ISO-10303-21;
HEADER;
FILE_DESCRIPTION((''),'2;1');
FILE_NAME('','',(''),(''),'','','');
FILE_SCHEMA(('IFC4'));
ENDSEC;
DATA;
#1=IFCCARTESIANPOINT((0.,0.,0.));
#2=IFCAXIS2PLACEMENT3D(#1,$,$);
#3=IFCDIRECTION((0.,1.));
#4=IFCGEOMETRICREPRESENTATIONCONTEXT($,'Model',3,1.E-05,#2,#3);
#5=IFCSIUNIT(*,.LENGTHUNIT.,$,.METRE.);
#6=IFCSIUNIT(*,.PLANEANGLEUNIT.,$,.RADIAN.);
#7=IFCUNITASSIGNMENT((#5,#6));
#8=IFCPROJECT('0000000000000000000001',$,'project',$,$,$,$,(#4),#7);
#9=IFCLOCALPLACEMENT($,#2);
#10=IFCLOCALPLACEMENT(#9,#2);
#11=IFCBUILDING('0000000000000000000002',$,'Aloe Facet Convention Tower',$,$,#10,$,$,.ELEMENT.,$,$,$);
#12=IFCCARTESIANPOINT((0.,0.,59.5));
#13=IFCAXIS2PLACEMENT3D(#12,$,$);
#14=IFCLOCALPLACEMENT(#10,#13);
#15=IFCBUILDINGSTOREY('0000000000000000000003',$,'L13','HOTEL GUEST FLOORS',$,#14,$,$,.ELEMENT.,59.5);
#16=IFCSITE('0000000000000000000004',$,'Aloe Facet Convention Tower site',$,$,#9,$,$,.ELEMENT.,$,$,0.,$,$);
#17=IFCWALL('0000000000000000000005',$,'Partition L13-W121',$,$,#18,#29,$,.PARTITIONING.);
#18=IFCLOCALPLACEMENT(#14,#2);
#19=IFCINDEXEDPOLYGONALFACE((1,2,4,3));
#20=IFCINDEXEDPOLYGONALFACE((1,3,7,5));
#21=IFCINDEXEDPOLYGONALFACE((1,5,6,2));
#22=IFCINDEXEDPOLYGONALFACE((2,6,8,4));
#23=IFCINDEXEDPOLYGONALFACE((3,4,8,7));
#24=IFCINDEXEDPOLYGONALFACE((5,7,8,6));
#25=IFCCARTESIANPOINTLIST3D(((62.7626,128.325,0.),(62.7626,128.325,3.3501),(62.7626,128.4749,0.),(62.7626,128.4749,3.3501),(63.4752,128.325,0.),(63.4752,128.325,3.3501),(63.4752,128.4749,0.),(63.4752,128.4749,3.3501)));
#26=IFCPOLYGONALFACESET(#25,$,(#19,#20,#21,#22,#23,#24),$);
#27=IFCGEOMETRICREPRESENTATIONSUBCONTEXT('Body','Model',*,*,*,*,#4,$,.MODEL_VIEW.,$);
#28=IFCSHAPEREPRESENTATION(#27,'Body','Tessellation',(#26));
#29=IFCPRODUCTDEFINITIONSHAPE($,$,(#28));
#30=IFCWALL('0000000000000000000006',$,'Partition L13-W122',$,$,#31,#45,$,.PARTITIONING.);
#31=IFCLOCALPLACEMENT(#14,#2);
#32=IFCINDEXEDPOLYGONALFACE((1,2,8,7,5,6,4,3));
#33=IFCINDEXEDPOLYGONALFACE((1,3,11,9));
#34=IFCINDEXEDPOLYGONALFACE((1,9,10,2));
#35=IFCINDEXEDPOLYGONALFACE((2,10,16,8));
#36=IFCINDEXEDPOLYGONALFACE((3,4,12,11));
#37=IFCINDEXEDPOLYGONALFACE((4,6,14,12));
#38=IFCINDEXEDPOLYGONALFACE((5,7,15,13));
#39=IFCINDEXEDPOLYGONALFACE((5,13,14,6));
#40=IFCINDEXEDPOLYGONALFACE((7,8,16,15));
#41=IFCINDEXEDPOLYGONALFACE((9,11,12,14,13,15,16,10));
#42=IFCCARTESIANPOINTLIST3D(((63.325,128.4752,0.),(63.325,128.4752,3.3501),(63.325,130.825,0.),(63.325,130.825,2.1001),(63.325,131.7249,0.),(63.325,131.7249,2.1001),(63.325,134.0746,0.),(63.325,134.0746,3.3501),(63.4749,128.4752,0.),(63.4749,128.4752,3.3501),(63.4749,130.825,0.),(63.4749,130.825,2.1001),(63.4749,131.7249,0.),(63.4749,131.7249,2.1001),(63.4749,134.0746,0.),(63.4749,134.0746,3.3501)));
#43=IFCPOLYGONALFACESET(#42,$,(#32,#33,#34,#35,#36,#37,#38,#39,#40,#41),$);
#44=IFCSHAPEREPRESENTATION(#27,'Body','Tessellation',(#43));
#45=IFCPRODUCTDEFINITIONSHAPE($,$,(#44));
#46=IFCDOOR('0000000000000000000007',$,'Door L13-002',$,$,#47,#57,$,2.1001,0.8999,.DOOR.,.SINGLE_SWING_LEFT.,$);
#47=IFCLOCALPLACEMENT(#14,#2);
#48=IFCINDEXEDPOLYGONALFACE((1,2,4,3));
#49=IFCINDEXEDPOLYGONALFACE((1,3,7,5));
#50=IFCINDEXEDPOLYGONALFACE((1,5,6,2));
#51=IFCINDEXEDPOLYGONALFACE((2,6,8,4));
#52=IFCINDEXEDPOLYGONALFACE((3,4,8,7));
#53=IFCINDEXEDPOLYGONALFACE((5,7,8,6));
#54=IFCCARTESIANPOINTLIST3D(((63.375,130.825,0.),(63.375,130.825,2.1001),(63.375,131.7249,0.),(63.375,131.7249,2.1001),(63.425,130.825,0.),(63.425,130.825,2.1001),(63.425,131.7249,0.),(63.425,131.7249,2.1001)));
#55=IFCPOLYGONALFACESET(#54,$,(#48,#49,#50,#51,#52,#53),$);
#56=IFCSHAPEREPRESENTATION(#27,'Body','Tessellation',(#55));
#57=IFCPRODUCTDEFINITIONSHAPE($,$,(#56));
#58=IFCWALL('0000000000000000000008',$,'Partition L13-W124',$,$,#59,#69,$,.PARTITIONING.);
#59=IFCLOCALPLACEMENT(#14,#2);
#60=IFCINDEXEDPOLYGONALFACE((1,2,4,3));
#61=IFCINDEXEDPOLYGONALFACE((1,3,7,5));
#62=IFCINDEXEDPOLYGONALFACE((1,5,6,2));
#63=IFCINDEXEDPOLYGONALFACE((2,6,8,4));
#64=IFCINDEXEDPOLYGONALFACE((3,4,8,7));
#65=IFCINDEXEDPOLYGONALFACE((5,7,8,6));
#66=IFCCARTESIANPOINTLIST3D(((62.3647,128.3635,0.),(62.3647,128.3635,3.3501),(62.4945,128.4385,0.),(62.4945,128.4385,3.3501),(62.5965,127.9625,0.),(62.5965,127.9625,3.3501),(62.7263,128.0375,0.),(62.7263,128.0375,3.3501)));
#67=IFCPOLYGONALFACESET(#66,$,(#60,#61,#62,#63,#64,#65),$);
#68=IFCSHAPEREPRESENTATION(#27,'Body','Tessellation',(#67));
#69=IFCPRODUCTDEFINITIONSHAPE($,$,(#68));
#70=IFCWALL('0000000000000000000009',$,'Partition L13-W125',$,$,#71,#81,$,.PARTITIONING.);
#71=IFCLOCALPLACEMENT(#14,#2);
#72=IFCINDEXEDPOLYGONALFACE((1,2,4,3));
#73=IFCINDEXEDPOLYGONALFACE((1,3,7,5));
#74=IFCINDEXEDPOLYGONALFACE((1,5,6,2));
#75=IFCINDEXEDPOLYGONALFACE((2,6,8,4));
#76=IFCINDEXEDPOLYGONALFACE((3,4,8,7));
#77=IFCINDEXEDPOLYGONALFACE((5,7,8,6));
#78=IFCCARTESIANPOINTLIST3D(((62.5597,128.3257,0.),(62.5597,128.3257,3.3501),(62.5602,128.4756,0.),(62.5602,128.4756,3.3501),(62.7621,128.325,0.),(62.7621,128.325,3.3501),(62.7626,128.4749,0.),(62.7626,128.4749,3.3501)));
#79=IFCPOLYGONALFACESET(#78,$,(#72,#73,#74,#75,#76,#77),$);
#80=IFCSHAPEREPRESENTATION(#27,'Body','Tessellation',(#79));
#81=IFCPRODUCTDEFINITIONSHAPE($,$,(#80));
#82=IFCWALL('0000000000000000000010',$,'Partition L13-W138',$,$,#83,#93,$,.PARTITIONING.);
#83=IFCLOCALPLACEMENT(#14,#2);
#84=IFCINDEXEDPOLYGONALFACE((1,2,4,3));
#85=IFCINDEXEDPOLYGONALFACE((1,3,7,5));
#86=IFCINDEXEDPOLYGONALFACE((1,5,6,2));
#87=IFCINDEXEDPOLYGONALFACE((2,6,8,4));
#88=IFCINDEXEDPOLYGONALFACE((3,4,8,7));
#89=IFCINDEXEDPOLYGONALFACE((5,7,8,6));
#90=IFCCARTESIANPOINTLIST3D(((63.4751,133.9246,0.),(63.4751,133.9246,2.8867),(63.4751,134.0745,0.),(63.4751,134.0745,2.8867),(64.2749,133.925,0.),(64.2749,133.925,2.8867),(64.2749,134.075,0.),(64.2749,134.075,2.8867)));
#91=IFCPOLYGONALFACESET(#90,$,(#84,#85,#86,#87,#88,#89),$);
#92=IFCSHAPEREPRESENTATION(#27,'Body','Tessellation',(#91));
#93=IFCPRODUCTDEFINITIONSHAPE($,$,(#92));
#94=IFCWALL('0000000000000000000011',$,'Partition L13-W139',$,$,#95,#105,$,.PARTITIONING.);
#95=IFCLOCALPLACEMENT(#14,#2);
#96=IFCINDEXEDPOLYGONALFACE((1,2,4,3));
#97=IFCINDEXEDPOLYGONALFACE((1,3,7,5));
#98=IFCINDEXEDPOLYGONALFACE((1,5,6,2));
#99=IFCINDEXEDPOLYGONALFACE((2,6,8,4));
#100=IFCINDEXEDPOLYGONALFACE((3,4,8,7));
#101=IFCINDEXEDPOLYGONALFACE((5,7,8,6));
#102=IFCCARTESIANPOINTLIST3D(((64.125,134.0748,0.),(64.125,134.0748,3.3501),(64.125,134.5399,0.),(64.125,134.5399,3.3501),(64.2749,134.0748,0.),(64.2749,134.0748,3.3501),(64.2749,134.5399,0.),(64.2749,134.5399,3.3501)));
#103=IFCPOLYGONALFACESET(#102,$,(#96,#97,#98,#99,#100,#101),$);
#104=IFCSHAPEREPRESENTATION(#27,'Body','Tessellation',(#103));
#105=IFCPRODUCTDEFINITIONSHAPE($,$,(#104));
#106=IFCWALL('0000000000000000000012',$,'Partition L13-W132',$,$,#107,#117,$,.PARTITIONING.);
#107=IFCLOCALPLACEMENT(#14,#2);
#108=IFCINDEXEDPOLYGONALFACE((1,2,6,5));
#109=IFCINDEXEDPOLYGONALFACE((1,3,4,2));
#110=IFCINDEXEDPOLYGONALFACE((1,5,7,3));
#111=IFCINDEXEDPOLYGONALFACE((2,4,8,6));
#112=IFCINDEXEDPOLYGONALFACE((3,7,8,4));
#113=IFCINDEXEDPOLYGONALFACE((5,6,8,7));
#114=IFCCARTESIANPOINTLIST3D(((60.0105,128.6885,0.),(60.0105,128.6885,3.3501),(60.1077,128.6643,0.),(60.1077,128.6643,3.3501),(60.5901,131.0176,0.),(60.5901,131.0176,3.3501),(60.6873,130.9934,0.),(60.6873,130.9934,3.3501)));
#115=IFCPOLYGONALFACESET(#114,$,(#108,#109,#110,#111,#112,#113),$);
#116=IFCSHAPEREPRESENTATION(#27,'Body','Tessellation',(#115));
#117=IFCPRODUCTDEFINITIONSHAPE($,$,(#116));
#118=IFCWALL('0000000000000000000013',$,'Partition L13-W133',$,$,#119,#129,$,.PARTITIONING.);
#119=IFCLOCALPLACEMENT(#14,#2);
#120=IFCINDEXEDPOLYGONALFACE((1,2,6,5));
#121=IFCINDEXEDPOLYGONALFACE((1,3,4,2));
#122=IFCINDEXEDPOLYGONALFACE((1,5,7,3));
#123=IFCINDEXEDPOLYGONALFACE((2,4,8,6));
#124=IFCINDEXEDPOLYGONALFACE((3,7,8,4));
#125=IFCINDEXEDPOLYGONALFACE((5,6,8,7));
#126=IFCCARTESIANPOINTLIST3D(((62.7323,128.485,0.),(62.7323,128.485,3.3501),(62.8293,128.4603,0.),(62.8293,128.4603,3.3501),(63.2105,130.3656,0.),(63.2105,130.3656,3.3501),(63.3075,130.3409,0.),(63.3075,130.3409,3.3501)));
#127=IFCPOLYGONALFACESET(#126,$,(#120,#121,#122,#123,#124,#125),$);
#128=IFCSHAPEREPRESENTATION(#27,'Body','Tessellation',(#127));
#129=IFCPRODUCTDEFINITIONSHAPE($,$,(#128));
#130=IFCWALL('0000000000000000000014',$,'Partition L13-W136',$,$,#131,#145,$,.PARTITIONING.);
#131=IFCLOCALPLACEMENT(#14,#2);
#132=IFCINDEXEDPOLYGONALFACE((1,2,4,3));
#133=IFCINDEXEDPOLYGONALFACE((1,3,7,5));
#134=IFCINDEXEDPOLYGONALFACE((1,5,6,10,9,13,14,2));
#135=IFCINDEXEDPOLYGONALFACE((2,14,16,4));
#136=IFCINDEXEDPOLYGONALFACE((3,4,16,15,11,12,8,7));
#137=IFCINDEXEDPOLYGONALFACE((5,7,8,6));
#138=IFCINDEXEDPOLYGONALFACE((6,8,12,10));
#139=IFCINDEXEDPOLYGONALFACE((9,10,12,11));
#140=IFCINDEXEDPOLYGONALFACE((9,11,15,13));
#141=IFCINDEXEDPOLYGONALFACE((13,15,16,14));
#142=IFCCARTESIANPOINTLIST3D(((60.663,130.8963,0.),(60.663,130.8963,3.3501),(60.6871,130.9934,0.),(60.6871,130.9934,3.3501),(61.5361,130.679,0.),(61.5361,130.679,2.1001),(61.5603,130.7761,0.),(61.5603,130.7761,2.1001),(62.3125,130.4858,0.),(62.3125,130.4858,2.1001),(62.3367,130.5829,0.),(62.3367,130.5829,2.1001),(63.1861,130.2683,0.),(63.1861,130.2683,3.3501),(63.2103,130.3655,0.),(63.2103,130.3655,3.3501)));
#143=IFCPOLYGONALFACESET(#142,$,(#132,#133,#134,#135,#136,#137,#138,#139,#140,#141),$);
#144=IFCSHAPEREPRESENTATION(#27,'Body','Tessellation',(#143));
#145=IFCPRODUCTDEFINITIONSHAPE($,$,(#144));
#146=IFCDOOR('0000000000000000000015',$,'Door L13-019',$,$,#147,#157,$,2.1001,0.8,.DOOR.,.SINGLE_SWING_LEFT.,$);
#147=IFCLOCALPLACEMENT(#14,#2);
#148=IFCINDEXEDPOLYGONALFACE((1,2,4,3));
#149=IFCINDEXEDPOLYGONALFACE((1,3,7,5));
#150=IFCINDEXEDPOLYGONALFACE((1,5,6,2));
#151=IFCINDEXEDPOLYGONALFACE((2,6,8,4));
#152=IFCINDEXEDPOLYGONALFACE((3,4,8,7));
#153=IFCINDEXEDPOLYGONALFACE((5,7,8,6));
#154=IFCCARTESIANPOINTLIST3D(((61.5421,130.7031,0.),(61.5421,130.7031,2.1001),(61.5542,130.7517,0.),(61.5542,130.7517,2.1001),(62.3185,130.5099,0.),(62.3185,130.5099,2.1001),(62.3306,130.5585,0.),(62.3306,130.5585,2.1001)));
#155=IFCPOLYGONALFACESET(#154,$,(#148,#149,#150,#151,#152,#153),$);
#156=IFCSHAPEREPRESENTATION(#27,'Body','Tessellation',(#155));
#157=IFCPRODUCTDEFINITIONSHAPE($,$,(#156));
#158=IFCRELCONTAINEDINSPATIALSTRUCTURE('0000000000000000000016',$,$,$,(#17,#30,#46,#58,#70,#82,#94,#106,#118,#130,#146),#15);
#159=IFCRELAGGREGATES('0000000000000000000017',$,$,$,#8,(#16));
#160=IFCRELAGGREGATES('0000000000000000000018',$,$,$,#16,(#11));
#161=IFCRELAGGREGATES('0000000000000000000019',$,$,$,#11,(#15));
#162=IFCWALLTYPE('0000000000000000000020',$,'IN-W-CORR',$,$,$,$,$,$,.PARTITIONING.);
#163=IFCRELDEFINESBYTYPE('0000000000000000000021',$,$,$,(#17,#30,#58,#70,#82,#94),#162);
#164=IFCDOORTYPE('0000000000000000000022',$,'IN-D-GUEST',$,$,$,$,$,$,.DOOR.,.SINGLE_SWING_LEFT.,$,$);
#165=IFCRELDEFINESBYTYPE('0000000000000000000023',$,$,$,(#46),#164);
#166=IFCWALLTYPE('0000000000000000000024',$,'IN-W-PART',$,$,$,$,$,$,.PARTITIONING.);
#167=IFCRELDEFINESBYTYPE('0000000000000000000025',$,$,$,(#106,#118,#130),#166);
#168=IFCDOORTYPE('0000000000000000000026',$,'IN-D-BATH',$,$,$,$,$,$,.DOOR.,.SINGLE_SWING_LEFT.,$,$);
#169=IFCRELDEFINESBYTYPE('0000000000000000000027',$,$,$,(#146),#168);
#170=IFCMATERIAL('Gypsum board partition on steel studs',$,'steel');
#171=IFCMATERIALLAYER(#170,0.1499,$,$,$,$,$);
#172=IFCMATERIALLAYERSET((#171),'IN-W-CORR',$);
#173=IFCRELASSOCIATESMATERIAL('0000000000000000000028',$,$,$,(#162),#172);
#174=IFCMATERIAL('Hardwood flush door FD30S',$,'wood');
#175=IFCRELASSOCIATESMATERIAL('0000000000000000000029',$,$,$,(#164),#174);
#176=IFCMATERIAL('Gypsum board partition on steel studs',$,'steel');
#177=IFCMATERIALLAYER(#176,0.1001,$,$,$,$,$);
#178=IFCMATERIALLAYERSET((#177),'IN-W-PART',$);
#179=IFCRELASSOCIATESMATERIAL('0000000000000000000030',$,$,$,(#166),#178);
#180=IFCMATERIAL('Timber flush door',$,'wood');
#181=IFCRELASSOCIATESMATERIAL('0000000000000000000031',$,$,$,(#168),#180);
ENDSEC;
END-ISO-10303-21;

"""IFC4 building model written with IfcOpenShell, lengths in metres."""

from ifc_helpers import new_model, si_unit, direction, frame, frame_2d, origin, place, context, subcontext, project, spatial, rectangle, extrude, material, layer, layer_set, type_object, element, fill, save


model = new_model("IFC4")

# Units and contexts
model_context = context("Model", 3, precision=1e-05, world=origin(), true_north=direction((0.0, 1.0)))
body_context = subcontext(model_context, "Body", "Model", "MODEL_VIEW")
ifc_project = project(units=[si_unit("LENGTHUNIT", "METRE"), si_unit("PLANEANGLEUNIT", "RADIAN")], contexts=[model_context])

# Site, building, storey
site_placement = place(None, origin())
site = spatial("IfcSite", under=ifc_project, at=site_placement, Name="Aloe Facet Convention Tower site", CompositionType="ELEMENT", RefElevation=0.0)
building_placement = place(site_placement, origin())
building = spatial("IfcBuilding", under=site, at=building_placement, Name="Aloe Facet Convention Tower", CompositionType="ELEMENT")
storey_placement = place(building_placement, frame((0.0, 0.0, 59.5)))
storey = spatial("IfcBuildingStorey", under=building, at=storey_placement, Name="L13", Description="HOTEL GUEST FLOORS", CompositionType="ELEMENT", Elevation=59.5)

# Wall
ifc_material_1 = material(Name="Gypsum board partition on steel studs", Category="steel")
ifc_layer_1 = layer(ifc_material_1, 0.1499)
ifc_layer_set_1 = layer_set([ifc_layer_1], Name="IN-W-CORR")
wall_type_1 = type_object("IfcWallType", Name="IN-W-CORR", PredefinedType="PARTITIONING", material=ifc_layer_set_1)
wall_1_placement = place(storey_placement, frame((62.7625, 128.3999, 0.0), z_axis=(0.0, 0.0, 1.0), x_axis=(1.0, 0.0, 0.0)))
element("IfcWall", 1, at=wall_1_placement, inside=storey, type_object=wall_type_1, Name="Partition L13-W121", PredefinedType="PARTITIONING", context=body_context, shape_type="SweptSolid", body=[
    extrude(rectangle(XDim=0.7126, YDim=0.1499, at=frame_2d((0.3564, 0.0))), origin(), (0.0, 0.0, 1.0), 3.3501),
])

# Wall, opening, door
wall_2_placement = place(storey_placement, frame((63.3999, 128.4751, 0.0), z_axis=(0.0, 0.0, 1.0), x_axis=(0.0, 1.0, 0.0)))
wall_2 = element("IfcWall", 2, at=wall_2_placement, inside=storey, type_object=wall_type_1, Name="Partition L13-W122", PredefinedType="PARTITIONING", context=body_context, shape_type="SweptSolid", body=[
    extrude(rectangle(XDim=5.5994, YDim=0.1499, at=frame_2d((2.7998, 0.0))), origin(), (0.0, 0.0, 1.0), 3.3501),
])
opening_1_placement = place(wall_2_placement, frame((2.3499, 0.0, 0.0)))
opening_1 = element("IfcOpeningElement", 3, at=opening_1_placement, cuts=wall_2, PredefinedType="OPENING", context=body_context, shape_type="SweptSolid", body=[
    extrude(rectangle(XDim=0.8999, YDim=2.1001, at=frame_2d((0.45, 1.05))), frame((0.0, 0.085, 0.0), z_axis=(0.0, -1.0, 0.0), x_axis=(1.0, 0.0, 0.0)), (0.0, 0.0, 1.0), 0.1699),
])
ifc_material_2 = material(Name="Hardwood flush door FD30S", Category="wood")
door_type_1 = type_object("IfcDoorType", Name="IN-D-GUEST", OperationType="SINGLE_SWING_LEFT", PredefinedType="DOOR", material=ifc_material_2)
door_1_placement = place(opening_1_placement, origin())
door_1 = element("IfcDoor", 4, at=door_1_placement, inside=storey, type_object=door_type_1, Name="Door L13-002", OperationType="SINGLE_SWING_LEFT", OverallHeight=2.1001, OverallWidth=0.8999, PredefinedType="DOOR", context=body_context, shape_type="SweptSolid", body=[
    extrude(rectangle(XDim=0.8999, YDim=2.1001, at=frame_2d((0.45, 1.05))), frame((0.0, 0.0249, 0.0), z_axis=(0.0, -1.0, 0.0), x_axis=(1.0, 0.0, 0.0)), (0.0, 0.0, 1.0), 0.05),
])
fill(opening_1, door_1)

# Walls
wall_3_placement = place(storey_placement, frame((62.4297, 128.4009, 0.0), z_axis=(0.0, 0.0, 1.0), x_axis=(0.500392, -0.865799, 0.0)))
element("IfcWall", 5, at=wall_3_placement, inside=storey, type_object=wall_type_1, Name="Partition L13-W124", PredefinedType="PARTITIONING", context=body_context, shape_type="SweptSolid", body=[
    extrude(rectangle(XDim=0.4631, YDim=0.1499, at=frame_2d((0.2314, 0.0))), origin(), (0.0, 0.0, 1.0), 3.3501),
])
wall_4_placement = place(storey_placement, frame((62.5601, 128.4006, 0.0), z_axis=(0.0, 0.0, 1.0), x_axis=(0.999993, -0.003619, 0.0)))
element("IfcWall", 6, at=wall_4_placement, inside=storey, type_object=wall_type_1, Name="Partition L13-W125", PredefinedType="PARTITIONING", context=body_context, shape_type="SweptSolid", body=[
    extrude(rectangle(XDim=0.2024, YDim=0.1499, at=frame_2d((0.1011, 0.0))), origin(), (0.0, 0.0, 1.0), 3.3501),
])
wall_5_placement = place(storey_placement, frame((63.4751, 133.9995, 0.0), z_axis=(0.0, 0.0, 1.0), x_axis=(1.0, 0.000611, 0.0)))
element("IfcWall", 7, at=wall_5_placement, inside=storey, type_object=wall_type_1, Name="Partition L13-W138", PredefinedType="PARTITIONING", context=body_context, shape_type="SweptSolid", body=[
    extrude(rectangle(XDim=0.7998, YDim=0.1499, at=frame_2d((0.3999, 0.0))), origin(), (0.0, 0.0, 1.0), 2.8867),
])
wall_6_placement = place(storey_placement, frame((64.2, 134.075, 0.0), z_axis=(0.0, 0.0, 1.0), x_axis=(0.0, 1.0, 0.0)))
element("IfcWall", 8, at=wall_6_placement, inside=storey, type_object=wall_type_1, Name="Partition L13-W139", PredefinedType="PARTITIONING", context=body_context, shape_type="SweptSolid", body=[
    extrude(rectangle(XDim=0.4651, YDim=0.1499, at=frame_2d((0.2324, 0.0))), origin(), (0.0, 0.0, 1.0), 3.3501),
])
ifc_material_3 = material(Name="Gypsum board partition on steel studs", Category="steel")
ifc_layer_2 = layer(ifc_material_3, 0.1001)
ifc_layer_set_2 = layer_set([ifc_layer_2], Name="IN-W-PART")
wall_type_2 = type_object("IfcWallType", Name="IN-W-PART", PredefinedType="PARTITIONING", material=ifc_layer_set_2)
wall_7_placement = place(storey_placement, frame((60.0591, 128.6763, 0.0), z_axis=(0.0, 0.0, 1.0), x_axis=(0.241482, 0.970405, 0.0)))
element("IfcWall", 9, at=wall_7_placement, inside=storey, type_object=wall_type_2, Name="Partition L13-W132", PredefinedType="PARTITIONING", context=body_context, shape_type="SweptSolid", body=[
    extrude(rectangle(XDim=2.4001, YDim=0.1001, at=frame_2d((1.2002, 0.0))), origin(), (0.0, 0.0, 1.0), 3.3501),
])
wall_8_placement = place(storey_placement, frame((62.7808, 128.4727, 0.0), z_axis=(0.0, 0.0, 1.0), x_axis=(0.246471, 0.96915, 0.0)))
element("IfcWall", 10, at=wall_8_placement, inside=storey, type_object=wall_type_2, Name="Partition L13-W133", PredefinedType="PARTITIONING", context=body_context, shape_type="SweptSolid", body=[
    extrude(rectangle(XDim=1.9404, YDim=0.1001, at=frame_2d((0.9702, 0.0))), origin(), (0.0, 0.0, 1.0), 3.3501),
])

# Wall, opening, door
wall_9_placement = place(storey_placement, frame((60.675, 130.9448, 0.0), z_axis=(0.0, 0.0, 1.0), x_axis=(0.970402, -0.241497, 0.0)))
wall_9 = element("IfcWall", 11, at=wall_9_placement, inside=storey, type_object=wall_type_2, Name="Partition L13-W136", PredefinedType="PARTITIONING", context=body_context, shape_type="SweptSolid", body=[
    extrude(rectangle(XDim=2.6001, YDim=0.1001, at=frame_2d((1.3, 0.0))), origin(), (0.0, 0.0, 1.0), 3.3501),
])
opening_2_placement = place(wall_9_placement, frame((0.8999, 0.0, 0.0)))
opening_2 = element("IfcOpeningElement", 12, at=opening_2_placement, cuts=wall_9, PredefinedType="OPENING", context=body_context, shape_type="SweptSolid", body=[
    extrude(rectangle(XDim=0.8, YDim=2.1001, at=frame_2d((0.3999, 1.05))), frame((0.0, 0.0601, 0.0), z_axis=(0.0, -1.0, 0.0), x_axis=(1.0, 0.0, 0.0)), (0.0, 0.0, 1.0), 0.1201),
])
ifc_material_4 = material(Name="Timber flush door", Category="wood")
door_type_2 = type_object("IfcDoorType", Name="IN-D-BATH", OperationType="SINGLE_SWING_LEFT", PredefinedType="DOOR", material=ifc_material_4)
door_2_placement = place(opening_2_placement, origin())
door_2 = element("IfcDoor", 13, at=door_2_placement, inside=storey, type_object=door_type_2, Name="Door L13-019", OperationType="SINGLE_SWING_LEFT", OverallHeight=2.1001, OverallWidth=0.8, PredefinedType="DOOR", context=body_context, shape_type="SweptSolid", body=[
    extrude(rectangle(XDim=0.8, YDim=2.1001, at=frame_2d((0.3999, 1.05))), frame((0.0, 0.0249, 0.0), z_axis=(0.0, -1.0, 0.0), x_axis=(1.0, 0.0, 0.0)), (0.0, 0.0, 1.0), 0.05),
])
fill(opening_2, door_2)

save(model, "model.ifc")
